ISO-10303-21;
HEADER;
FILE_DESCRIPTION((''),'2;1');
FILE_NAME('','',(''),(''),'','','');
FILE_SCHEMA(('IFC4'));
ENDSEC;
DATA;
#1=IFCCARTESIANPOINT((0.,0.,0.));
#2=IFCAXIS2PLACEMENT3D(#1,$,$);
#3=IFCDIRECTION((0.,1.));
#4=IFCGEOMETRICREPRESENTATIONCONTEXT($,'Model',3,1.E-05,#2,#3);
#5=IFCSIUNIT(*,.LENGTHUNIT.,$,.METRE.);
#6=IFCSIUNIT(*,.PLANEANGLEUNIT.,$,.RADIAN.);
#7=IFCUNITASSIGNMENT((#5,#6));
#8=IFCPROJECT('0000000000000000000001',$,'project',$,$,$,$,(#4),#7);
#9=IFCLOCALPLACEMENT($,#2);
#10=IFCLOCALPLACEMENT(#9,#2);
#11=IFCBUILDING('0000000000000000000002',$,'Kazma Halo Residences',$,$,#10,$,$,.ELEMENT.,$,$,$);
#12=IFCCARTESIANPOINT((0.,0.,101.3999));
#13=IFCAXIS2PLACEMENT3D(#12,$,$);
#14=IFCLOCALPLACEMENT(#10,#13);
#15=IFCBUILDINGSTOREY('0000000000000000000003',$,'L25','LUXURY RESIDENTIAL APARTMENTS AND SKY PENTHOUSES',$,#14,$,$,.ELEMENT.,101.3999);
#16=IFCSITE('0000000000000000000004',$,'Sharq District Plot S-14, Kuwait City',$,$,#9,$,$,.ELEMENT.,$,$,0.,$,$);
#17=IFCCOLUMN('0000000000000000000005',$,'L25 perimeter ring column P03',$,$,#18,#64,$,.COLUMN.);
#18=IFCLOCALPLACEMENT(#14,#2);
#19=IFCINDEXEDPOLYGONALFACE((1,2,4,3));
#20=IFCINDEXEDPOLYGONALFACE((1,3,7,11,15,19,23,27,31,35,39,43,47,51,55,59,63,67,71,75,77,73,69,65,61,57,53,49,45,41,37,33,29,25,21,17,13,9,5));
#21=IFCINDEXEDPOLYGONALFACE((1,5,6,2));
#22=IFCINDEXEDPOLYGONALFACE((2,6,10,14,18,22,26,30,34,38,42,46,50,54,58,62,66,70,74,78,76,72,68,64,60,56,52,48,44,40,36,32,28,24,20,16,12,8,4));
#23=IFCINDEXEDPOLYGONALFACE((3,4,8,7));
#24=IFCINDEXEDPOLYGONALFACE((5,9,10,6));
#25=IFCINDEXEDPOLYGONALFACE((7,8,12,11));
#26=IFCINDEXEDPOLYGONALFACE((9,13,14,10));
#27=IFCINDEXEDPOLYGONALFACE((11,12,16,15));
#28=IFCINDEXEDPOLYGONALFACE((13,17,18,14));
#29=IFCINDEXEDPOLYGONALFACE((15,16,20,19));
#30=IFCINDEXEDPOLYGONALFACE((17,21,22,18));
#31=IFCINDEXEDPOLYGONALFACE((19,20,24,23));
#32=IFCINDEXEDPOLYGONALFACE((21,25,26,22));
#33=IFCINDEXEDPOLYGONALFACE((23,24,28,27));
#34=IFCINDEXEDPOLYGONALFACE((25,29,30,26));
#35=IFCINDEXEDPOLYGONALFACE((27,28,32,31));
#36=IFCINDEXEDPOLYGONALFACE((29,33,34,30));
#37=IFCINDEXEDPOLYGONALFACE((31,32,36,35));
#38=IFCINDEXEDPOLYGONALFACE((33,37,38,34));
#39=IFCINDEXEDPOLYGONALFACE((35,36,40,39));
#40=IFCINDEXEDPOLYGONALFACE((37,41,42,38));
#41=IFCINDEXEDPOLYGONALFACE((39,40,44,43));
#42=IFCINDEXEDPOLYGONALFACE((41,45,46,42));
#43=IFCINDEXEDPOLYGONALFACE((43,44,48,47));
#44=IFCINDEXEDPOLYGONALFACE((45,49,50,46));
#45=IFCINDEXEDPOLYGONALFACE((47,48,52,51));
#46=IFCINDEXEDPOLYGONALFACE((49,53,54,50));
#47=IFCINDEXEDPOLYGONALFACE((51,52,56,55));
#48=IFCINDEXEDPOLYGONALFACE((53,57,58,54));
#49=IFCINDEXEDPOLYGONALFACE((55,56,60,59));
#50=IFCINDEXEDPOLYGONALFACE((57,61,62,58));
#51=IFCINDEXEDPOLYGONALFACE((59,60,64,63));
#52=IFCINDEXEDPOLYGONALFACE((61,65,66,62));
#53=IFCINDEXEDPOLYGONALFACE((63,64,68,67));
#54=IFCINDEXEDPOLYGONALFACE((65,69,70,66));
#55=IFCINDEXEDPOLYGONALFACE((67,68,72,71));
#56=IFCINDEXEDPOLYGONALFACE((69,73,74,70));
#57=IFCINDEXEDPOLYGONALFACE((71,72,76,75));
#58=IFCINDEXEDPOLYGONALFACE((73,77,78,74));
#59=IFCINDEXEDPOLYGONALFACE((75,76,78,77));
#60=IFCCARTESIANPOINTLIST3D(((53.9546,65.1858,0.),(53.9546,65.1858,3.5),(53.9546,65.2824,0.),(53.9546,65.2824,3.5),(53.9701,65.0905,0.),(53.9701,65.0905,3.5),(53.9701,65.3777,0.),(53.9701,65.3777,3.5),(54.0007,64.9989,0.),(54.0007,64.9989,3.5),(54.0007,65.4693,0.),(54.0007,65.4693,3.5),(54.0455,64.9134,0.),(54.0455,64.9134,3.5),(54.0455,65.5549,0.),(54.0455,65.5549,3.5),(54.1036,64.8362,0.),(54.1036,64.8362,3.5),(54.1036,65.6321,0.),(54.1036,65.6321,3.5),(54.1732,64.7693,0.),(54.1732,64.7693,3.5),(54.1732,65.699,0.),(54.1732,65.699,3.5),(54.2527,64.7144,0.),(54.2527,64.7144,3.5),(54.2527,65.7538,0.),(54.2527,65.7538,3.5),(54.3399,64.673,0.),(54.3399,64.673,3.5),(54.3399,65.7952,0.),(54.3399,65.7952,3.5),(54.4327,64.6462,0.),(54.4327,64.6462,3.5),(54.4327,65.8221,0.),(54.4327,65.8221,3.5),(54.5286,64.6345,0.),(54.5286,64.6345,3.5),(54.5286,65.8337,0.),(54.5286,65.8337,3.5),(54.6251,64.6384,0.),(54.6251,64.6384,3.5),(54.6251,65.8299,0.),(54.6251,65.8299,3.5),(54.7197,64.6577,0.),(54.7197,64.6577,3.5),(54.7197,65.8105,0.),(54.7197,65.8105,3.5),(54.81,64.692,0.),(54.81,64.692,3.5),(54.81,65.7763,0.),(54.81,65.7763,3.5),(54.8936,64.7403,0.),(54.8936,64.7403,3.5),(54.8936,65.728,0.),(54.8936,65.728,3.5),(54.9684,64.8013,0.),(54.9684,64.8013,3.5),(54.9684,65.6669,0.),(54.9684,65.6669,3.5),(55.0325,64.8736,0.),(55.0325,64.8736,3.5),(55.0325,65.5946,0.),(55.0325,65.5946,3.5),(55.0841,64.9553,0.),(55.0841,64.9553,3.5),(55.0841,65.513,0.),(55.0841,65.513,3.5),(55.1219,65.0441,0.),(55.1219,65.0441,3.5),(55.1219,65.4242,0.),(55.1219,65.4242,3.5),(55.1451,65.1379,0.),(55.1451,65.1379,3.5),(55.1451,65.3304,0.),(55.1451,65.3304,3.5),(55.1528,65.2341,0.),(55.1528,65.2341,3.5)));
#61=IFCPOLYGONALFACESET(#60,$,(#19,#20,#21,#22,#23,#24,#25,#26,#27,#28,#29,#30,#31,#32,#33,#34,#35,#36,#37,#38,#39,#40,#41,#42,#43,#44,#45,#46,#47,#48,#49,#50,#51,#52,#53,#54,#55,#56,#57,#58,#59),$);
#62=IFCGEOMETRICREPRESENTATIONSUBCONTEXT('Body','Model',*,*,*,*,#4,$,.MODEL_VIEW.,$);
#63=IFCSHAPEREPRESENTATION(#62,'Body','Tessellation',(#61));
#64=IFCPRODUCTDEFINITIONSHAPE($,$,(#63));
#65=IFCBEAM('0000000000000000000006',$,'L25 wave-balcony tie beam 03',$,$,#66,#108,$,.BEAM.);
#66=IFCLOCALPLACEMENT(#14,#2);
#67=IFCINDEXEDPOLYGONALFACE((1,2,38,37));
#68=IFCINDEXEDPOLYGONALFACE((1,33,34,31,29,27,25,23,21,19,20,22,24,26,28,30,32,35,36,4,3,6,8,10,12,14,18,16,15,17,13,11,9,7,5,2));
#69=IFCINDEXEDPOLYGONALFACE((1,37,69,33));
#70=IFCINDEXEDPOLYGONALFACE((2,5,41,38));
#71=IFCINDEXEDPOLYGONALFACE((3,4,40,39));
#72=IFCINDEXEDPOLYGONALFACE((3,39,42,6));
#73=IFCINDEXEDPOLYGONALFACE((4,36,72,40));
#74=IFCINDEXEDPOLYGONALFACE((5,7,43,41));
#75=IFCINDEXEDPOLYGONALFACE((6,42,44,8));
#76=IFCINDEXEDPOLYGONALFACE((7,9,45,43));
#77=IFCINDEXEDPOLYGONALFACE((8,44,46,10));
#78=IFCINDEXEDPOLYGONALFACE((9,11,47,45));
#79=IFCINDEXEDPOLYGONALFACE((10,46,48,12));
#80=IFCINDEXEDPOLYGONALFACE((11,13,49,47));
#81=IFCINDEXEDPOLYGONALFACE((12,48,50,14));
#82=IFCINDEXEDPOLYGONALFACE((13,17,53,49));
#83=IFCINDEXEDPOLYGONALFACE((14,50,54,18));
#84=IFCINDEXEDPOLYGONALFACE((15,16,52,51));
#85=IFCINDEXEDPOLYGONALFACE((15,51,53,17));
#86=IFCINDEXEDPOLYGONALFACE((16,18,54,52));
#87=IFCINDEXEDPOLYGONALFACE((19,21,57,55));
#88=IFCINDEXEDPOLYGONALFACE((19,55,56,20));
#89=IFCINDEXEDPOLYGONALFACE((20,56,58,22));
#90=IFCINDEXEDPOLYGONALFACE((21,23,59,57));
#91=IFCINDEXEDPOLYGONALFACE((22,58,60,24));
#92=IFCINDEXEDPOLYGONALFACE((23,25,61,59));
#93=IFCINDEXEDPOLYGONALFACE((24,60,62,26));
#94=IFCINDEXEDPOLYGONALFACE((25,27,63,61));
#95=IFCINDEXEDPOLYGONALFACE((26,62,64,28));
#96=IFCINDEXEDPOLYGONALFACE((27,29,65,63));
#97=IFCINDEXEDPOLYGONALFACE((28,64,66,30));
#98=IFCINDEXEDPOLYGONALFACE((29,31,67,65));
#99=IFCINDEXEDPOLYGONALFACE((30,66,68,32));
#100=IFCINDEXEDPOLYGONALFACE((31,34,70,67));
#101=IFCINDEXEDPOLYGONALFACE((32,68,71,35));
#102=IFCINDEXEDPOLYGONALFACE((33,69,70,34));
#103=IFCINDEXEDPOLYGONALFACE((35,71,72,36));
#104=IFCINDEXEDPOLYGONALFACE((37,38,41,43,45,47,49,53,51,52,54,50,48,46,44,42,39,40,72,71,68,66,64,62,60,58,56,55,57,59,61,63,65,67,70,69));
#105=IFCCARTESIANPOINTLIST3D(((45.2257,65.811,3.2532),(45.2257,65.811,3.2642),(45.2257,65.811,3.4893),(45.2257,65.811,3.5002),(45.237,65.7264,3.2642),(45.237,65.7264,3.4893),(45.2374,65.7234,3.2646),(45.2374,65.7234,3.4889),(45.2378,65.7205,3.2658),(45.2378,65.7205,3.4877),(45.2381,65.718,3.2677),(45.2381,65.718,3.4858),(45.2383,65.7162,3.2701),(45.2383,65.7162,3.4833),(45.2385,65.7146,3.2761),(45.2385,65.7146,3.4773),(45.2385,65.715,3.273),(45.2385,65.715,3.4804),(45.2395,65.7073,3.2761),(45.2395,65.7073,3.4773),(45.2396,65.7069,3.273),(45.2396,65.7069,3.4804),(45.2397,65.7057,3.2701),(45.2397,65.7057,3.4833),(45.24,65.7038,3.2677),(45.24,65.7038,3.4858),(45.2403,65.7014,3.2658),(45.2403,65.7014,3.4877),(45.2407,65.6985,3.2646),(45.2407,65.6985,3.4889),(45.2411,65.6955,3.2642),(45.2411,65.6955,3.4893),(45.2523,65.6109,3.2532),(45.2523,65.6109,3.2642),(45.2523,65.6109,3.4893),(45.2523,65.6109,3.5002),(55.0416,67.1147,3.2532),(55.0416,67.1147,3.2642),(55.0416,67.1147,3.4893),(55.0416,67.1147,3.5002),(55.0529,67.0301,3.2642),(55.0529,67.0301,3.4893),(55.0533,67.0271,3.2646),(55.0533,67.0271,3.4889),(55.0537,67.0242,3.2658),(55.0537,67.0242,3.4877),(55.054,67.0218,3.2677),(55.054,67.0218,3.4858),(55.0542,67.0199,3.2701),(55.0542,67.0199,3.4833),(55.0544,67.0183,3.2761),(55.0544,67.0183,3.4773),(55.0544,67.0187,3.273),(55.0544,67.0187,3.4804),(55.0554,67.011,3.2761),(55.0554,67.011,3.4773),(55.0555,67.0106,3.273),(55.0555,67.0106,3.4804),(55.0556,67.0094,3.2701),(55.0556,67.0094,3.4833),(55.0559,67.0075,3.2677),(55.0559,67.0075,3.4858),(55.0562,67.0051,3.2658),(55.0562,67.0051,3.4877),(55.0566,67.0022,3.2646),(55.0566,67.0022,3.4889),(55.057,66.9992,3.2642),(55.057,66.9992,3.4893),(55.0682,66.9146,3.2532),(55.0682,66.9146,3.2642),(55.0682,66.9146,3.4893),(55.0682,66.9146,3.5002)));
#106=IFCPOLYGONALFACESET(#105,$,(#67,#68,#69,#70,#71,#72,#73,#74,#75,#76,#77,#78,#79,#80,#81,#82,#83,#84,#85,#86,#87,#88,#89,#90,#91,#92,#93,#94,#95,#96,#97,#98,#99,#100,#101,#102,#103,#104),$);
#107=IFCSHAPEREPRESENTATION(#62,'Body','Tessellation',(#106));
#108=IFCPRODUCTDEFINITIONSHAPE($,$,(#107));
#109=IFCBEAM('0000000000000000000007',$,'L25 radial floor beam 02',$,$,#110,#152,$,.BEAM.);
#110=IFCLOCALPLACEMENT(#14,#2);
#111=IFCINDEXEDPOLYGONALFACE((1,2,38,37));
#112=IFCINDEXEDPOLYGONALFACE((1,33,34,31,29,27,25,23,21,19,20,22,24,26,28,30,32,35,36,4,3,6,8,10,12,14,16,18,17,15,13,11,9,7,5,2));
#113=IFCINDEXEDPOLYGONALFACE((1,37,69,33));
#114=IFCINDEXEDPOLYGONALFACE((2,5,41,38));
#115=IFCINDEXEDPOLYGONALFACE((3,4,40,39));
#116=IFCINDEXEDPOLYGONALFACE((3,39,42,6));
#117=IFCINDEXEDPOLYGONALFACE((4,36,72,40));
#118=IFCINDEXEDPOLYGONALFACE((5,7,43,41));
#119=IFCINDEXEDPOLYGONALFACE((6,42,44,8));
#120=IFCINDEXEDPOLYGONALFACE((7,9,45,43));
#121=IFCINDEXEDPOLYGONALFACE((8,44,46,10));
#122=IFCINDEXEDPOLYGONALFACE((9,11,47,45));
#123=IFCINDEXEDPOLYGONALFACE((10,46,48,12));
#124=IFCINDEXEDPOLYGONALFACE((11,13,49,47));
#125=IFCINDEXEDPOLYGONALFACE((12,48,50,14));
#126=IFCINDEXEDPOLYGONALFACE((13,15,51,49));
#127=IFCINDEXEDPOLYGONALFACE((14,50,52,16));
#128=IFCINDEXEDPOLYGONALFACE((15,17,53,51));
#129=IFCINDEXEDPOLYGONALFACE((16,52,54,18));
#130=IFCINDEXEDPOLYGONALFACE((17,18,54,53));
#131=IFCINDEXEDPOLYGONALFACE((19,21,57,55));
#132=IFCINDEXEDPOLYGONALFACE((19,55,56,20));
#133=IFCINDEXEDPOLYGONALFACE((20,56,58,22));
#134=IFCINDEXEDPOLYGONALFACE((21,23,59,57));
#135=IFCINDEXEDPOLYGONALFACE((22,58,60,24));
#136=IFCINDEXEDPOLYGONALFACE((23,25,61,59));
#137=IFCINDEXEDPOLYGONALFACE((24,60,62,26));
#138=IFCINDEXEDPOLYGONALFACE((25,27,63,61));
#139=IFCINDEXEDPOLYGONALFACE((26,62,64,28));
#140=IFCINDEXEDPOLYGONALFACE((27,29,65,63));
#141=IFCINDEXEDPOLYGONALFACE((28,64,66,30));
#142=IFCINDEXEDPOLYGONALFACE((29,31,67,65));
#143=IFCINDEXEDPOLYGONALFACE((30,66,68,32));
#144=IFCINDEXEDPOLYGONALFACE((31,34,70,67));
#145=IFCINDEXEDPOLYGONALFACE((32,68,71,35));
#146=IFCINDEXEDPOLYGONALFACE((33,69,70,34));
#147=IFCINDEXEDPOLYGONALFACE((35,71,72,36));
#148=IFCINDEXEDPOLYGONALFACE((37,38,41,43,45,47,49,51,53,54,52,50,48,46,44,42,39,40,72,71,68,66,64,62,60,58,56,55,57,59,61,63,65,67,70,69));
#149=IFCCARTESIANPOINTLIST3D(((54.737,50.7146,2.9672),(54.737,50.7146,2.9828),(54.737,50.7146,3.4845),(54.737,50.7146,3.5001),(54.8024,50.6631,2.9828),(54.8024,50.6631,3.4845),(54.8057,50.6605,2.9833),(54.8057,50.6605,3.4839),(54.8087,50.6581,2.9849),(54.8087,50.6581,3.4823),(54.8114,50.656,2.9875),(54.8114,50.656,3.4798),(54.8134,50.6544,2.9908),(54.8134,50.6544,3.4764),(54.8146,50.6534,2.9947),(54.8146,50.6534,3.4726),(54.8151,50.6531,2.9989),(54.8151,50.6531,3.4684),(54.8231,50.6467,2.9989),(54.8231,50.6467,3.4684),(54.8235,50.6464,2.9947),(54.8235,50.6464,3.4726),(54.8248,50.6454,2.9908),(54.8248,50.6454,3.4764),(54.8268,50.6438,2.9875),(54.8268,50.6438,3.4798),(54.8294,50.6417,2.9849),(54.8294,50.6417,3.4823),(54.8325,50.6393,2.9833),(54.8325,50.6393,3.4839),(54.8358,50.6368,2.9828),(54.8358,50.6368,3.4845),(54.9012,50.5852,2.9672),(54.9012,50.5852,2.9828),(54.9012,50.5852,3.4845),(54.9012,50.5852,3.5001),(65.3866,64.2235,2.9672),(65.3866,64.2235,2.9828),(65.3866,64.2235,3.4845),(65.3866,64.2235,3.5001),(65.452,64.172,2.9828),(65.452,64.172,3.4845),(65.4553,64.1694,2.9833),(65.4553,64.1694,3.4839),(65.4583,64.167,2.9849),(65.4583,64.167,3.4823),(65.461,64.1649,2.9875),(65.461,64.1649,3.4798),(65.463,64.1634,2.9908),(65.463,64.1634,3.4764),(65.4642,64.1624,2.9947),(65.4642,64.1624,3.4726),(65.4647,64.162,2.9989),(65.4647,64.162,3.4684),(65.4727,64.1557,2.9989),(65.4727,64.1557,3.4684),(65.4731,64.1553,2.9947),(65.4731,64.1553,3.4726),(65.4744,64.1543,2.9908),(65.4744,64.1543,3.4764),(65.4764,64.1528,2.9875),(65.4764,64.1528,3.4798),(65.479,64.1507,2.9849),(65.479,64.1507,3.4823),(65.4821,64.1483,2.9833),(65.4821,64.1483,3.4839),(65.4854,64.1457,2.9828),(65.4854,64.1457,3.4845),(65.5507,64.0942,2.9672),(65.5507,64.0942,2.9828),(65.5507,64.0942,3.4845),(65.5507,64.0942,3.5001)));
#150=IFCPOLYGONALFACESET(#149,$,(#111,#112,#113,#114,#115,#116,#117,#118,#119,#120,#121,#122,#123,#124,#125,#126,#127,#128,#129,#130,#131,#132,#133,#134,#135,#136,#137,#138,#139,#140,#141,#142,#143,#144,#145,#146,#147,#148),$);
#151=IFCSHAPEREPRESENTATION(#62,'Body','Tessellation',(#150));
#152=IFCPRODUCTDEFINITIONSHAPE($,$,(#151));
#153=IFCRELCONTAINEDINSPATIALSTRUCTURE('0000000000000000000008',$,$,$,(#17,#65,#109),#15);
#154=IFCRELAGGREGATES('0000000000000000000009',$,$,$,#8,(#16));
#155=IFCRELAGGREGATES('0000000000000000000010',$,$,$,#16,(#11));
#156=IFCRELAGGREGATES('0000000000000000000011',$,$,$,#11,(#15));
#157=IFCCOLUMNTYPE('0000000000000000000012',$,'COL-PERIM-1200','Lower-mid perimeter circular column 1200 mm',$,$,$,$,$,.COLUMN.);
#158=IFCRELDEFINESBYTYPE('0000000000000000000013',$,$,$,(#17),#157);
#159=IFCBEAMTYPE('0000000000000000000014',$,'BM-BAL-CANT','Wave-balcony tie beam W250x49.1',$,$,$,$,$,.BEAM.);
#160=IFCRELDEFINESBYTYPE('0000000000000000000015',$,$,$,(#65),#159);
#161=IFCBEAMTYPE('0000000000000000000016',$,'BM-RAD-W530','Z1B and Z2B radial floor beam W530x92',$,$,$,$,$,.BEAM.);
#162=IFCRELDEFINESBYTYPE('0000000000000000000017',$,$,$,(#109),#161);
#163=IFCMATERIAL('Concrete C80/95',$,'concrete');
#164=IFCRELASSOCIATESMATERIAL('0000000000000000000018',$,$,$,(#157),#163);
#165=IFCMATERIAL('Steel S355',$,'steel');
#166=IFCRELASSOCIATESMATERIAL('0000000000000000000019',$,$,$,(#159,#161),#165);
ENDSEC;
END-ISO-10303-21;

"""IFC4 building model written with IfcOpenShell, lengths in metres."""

from ifc_helpers import new_model, si_unit, direction, frame, origin, origin_2d, place, context, subcontext, project, spatial, circle, i_section, extrude, material, material_profile, profile_set, type_object, element, save


model = new_model("IFC4")

# Units and contexts
model_context = context("Model", 3, precision=1e-05, world=origin(), true_north=direction((0.0, 1.0)))
body_context = subcontext(model_context, "Body", "Model", "MODEL_VIEW")
ifc_project = project(units=[si_unit("LENGTHUNIT", "METRE"), si_unit("PLANEANGLEUNIT", "RADIAN")], contexts=[model_context])

# Site, building, storey
site_placement = place(None, origin())
site = spatial("IfcSite", under=ifc_project, at=site_placement, Name="Sharq District Plot S-14, Kuwait City", CompositionType="ELEMENT", RefElevation=0.0)
building_placement = place(site_placement, origin())
building = spatial("IfcBuilding", under=site, at=building_placement, Name="Kazma Halo Residences", CompositionType="ELEMENT")
storey_placement = place(building_placement, frame((0.0, 0.0, 101.3999)))
storey = spatial("IfcBuildingStorey", under=building, at=storey_placement, Name="L25", Description="LUXURY RESIDENTIAL APARTMENTS AND SKY PENTHOUSES", CompositionType="ELEMENT", Elevation=101.3999)

# Column
ifc_material_1 = material(Name="Concrete C80/95", Category="concrete")
ifc_material_profile_1 = material_profile(ifc_material_1, circle(Radius=0.6001, at=origin_2d()), Name="CIRC1200")
ifc_profile_set_1 = profile_set([ifc_material_profile_1], Name="Concrete C80/95")
column_type = type_object("IfcColumnType", Name="COL-PERIM-1200", Description="Lower-mid perimeter circular column 1200 mm", PredefinedType="COLUMN", material=ifc_profile_set_1)
column_placement = place(storey_placement, frame((54.5527, 65.2341, 0.0), z_axis=(0.0, 0.0, 1.0), x_axis=(1.0, 0.0, 0.0)))
element("IfcColumn", 1, at=column_placement, inside=storey, type_object=column_type, Name="L25 perimeter ring column P03", PredefinedType="COLUMN", context=body_context, shape_type="SweptSolid", body=[
    extrude(circle(Radius=0.6001, at=origin_2d()), origin(), (0.0, 0.0, 1.0), 3.5),
])

# Beams
ifc_material_2 = material(Name="Steel S355", Category="steel")
ifc_material_profile_2 = material_profile(ifc_material_2, i_section(OverallWidth=0.2019, OverallDepth=0.2471, WebThickness=0.0073, FlangeThickness=0.011, FilletRadius=0.012, at=origin_2d()), Name="W250x49.1")
ifc_profile_set_2 = profile_set([ifc_material_profile_2], Name="Steel S355")
beam_type_1 = type_object("IfcBeamType", Name="BM-BAL-CANT", Description="Wave-balcony tie beam W250x49.1", PredefinedType="BEAM", material=ifc_profile_set_2)
beam_1_placement = place(storey_placement, frame((55.0549, 67.0146, 3.3767), z_axis=(-0.991295, -0.13166, 0.0), x_axis=(0.13166, -0.991295, 0.0)))
element("IfcBeam", 2, at=beam_1_placement, inside=storey, type_object=beam_type_1, Name="L25 wave-balcony tie beam 03", PredefinedType="BEAM", context=body_context, shape_type="SweptSolid", body=[
    extrude(i_section(OverallWidth=0.2019, OverallDepth=0.2471, WebThickness=0.0073, FlangeThickness=0.011, FilletRadius=0.012, at=origin_2d()), origin(), (0.0, 0.0, 1.0), 9.9021),
])
ifc_material_profile_3 = material_profile(ifc_material_2, i_section(OverallWidth=0.209, OverallDepth=0.533, WebThickness=0.0103, FlangeThickness=0.0156, FilletRadius=0.0161, at=origin_2d()), Name="W530x92")
ifc_profile_set_3 = profile_set([ifc_material_profile_3], Name="Steel S355")
beam_type_2 = type_object("IfcBeamType", Name="BM-RAD-W530", Description="Z1B and Z2B radial floor beam W530x92", PredefinedType="BEAM", material=ifc_profile_set_3)
beam_2_placement = place(storey_placement, frame((54.8191, 50.6499, 3.2336), z_axis=(0.619094, 0.785317, 0.0), x_axis=(-0.785317, 0.619094, 0.0)))
element("IfcBeam", 3, at=beam_2_placement, inside=storey, type_object=beam_type_2, Name="L25 radial floor beam 02", PredefinedType="BEAM", context=body_context, shape_type="SweptSolid", body=[
    extrude(i_section(OverallWidth=0.209, OverallDepth=0.533, WebThickness=0.0103, FlangeThickness=0.0156, FilletRadius=0.0161, at=origin_2d()), origin(), (0.0, 0.0, 1.0), 17.2019),
])

save(model, "model.ifc")
